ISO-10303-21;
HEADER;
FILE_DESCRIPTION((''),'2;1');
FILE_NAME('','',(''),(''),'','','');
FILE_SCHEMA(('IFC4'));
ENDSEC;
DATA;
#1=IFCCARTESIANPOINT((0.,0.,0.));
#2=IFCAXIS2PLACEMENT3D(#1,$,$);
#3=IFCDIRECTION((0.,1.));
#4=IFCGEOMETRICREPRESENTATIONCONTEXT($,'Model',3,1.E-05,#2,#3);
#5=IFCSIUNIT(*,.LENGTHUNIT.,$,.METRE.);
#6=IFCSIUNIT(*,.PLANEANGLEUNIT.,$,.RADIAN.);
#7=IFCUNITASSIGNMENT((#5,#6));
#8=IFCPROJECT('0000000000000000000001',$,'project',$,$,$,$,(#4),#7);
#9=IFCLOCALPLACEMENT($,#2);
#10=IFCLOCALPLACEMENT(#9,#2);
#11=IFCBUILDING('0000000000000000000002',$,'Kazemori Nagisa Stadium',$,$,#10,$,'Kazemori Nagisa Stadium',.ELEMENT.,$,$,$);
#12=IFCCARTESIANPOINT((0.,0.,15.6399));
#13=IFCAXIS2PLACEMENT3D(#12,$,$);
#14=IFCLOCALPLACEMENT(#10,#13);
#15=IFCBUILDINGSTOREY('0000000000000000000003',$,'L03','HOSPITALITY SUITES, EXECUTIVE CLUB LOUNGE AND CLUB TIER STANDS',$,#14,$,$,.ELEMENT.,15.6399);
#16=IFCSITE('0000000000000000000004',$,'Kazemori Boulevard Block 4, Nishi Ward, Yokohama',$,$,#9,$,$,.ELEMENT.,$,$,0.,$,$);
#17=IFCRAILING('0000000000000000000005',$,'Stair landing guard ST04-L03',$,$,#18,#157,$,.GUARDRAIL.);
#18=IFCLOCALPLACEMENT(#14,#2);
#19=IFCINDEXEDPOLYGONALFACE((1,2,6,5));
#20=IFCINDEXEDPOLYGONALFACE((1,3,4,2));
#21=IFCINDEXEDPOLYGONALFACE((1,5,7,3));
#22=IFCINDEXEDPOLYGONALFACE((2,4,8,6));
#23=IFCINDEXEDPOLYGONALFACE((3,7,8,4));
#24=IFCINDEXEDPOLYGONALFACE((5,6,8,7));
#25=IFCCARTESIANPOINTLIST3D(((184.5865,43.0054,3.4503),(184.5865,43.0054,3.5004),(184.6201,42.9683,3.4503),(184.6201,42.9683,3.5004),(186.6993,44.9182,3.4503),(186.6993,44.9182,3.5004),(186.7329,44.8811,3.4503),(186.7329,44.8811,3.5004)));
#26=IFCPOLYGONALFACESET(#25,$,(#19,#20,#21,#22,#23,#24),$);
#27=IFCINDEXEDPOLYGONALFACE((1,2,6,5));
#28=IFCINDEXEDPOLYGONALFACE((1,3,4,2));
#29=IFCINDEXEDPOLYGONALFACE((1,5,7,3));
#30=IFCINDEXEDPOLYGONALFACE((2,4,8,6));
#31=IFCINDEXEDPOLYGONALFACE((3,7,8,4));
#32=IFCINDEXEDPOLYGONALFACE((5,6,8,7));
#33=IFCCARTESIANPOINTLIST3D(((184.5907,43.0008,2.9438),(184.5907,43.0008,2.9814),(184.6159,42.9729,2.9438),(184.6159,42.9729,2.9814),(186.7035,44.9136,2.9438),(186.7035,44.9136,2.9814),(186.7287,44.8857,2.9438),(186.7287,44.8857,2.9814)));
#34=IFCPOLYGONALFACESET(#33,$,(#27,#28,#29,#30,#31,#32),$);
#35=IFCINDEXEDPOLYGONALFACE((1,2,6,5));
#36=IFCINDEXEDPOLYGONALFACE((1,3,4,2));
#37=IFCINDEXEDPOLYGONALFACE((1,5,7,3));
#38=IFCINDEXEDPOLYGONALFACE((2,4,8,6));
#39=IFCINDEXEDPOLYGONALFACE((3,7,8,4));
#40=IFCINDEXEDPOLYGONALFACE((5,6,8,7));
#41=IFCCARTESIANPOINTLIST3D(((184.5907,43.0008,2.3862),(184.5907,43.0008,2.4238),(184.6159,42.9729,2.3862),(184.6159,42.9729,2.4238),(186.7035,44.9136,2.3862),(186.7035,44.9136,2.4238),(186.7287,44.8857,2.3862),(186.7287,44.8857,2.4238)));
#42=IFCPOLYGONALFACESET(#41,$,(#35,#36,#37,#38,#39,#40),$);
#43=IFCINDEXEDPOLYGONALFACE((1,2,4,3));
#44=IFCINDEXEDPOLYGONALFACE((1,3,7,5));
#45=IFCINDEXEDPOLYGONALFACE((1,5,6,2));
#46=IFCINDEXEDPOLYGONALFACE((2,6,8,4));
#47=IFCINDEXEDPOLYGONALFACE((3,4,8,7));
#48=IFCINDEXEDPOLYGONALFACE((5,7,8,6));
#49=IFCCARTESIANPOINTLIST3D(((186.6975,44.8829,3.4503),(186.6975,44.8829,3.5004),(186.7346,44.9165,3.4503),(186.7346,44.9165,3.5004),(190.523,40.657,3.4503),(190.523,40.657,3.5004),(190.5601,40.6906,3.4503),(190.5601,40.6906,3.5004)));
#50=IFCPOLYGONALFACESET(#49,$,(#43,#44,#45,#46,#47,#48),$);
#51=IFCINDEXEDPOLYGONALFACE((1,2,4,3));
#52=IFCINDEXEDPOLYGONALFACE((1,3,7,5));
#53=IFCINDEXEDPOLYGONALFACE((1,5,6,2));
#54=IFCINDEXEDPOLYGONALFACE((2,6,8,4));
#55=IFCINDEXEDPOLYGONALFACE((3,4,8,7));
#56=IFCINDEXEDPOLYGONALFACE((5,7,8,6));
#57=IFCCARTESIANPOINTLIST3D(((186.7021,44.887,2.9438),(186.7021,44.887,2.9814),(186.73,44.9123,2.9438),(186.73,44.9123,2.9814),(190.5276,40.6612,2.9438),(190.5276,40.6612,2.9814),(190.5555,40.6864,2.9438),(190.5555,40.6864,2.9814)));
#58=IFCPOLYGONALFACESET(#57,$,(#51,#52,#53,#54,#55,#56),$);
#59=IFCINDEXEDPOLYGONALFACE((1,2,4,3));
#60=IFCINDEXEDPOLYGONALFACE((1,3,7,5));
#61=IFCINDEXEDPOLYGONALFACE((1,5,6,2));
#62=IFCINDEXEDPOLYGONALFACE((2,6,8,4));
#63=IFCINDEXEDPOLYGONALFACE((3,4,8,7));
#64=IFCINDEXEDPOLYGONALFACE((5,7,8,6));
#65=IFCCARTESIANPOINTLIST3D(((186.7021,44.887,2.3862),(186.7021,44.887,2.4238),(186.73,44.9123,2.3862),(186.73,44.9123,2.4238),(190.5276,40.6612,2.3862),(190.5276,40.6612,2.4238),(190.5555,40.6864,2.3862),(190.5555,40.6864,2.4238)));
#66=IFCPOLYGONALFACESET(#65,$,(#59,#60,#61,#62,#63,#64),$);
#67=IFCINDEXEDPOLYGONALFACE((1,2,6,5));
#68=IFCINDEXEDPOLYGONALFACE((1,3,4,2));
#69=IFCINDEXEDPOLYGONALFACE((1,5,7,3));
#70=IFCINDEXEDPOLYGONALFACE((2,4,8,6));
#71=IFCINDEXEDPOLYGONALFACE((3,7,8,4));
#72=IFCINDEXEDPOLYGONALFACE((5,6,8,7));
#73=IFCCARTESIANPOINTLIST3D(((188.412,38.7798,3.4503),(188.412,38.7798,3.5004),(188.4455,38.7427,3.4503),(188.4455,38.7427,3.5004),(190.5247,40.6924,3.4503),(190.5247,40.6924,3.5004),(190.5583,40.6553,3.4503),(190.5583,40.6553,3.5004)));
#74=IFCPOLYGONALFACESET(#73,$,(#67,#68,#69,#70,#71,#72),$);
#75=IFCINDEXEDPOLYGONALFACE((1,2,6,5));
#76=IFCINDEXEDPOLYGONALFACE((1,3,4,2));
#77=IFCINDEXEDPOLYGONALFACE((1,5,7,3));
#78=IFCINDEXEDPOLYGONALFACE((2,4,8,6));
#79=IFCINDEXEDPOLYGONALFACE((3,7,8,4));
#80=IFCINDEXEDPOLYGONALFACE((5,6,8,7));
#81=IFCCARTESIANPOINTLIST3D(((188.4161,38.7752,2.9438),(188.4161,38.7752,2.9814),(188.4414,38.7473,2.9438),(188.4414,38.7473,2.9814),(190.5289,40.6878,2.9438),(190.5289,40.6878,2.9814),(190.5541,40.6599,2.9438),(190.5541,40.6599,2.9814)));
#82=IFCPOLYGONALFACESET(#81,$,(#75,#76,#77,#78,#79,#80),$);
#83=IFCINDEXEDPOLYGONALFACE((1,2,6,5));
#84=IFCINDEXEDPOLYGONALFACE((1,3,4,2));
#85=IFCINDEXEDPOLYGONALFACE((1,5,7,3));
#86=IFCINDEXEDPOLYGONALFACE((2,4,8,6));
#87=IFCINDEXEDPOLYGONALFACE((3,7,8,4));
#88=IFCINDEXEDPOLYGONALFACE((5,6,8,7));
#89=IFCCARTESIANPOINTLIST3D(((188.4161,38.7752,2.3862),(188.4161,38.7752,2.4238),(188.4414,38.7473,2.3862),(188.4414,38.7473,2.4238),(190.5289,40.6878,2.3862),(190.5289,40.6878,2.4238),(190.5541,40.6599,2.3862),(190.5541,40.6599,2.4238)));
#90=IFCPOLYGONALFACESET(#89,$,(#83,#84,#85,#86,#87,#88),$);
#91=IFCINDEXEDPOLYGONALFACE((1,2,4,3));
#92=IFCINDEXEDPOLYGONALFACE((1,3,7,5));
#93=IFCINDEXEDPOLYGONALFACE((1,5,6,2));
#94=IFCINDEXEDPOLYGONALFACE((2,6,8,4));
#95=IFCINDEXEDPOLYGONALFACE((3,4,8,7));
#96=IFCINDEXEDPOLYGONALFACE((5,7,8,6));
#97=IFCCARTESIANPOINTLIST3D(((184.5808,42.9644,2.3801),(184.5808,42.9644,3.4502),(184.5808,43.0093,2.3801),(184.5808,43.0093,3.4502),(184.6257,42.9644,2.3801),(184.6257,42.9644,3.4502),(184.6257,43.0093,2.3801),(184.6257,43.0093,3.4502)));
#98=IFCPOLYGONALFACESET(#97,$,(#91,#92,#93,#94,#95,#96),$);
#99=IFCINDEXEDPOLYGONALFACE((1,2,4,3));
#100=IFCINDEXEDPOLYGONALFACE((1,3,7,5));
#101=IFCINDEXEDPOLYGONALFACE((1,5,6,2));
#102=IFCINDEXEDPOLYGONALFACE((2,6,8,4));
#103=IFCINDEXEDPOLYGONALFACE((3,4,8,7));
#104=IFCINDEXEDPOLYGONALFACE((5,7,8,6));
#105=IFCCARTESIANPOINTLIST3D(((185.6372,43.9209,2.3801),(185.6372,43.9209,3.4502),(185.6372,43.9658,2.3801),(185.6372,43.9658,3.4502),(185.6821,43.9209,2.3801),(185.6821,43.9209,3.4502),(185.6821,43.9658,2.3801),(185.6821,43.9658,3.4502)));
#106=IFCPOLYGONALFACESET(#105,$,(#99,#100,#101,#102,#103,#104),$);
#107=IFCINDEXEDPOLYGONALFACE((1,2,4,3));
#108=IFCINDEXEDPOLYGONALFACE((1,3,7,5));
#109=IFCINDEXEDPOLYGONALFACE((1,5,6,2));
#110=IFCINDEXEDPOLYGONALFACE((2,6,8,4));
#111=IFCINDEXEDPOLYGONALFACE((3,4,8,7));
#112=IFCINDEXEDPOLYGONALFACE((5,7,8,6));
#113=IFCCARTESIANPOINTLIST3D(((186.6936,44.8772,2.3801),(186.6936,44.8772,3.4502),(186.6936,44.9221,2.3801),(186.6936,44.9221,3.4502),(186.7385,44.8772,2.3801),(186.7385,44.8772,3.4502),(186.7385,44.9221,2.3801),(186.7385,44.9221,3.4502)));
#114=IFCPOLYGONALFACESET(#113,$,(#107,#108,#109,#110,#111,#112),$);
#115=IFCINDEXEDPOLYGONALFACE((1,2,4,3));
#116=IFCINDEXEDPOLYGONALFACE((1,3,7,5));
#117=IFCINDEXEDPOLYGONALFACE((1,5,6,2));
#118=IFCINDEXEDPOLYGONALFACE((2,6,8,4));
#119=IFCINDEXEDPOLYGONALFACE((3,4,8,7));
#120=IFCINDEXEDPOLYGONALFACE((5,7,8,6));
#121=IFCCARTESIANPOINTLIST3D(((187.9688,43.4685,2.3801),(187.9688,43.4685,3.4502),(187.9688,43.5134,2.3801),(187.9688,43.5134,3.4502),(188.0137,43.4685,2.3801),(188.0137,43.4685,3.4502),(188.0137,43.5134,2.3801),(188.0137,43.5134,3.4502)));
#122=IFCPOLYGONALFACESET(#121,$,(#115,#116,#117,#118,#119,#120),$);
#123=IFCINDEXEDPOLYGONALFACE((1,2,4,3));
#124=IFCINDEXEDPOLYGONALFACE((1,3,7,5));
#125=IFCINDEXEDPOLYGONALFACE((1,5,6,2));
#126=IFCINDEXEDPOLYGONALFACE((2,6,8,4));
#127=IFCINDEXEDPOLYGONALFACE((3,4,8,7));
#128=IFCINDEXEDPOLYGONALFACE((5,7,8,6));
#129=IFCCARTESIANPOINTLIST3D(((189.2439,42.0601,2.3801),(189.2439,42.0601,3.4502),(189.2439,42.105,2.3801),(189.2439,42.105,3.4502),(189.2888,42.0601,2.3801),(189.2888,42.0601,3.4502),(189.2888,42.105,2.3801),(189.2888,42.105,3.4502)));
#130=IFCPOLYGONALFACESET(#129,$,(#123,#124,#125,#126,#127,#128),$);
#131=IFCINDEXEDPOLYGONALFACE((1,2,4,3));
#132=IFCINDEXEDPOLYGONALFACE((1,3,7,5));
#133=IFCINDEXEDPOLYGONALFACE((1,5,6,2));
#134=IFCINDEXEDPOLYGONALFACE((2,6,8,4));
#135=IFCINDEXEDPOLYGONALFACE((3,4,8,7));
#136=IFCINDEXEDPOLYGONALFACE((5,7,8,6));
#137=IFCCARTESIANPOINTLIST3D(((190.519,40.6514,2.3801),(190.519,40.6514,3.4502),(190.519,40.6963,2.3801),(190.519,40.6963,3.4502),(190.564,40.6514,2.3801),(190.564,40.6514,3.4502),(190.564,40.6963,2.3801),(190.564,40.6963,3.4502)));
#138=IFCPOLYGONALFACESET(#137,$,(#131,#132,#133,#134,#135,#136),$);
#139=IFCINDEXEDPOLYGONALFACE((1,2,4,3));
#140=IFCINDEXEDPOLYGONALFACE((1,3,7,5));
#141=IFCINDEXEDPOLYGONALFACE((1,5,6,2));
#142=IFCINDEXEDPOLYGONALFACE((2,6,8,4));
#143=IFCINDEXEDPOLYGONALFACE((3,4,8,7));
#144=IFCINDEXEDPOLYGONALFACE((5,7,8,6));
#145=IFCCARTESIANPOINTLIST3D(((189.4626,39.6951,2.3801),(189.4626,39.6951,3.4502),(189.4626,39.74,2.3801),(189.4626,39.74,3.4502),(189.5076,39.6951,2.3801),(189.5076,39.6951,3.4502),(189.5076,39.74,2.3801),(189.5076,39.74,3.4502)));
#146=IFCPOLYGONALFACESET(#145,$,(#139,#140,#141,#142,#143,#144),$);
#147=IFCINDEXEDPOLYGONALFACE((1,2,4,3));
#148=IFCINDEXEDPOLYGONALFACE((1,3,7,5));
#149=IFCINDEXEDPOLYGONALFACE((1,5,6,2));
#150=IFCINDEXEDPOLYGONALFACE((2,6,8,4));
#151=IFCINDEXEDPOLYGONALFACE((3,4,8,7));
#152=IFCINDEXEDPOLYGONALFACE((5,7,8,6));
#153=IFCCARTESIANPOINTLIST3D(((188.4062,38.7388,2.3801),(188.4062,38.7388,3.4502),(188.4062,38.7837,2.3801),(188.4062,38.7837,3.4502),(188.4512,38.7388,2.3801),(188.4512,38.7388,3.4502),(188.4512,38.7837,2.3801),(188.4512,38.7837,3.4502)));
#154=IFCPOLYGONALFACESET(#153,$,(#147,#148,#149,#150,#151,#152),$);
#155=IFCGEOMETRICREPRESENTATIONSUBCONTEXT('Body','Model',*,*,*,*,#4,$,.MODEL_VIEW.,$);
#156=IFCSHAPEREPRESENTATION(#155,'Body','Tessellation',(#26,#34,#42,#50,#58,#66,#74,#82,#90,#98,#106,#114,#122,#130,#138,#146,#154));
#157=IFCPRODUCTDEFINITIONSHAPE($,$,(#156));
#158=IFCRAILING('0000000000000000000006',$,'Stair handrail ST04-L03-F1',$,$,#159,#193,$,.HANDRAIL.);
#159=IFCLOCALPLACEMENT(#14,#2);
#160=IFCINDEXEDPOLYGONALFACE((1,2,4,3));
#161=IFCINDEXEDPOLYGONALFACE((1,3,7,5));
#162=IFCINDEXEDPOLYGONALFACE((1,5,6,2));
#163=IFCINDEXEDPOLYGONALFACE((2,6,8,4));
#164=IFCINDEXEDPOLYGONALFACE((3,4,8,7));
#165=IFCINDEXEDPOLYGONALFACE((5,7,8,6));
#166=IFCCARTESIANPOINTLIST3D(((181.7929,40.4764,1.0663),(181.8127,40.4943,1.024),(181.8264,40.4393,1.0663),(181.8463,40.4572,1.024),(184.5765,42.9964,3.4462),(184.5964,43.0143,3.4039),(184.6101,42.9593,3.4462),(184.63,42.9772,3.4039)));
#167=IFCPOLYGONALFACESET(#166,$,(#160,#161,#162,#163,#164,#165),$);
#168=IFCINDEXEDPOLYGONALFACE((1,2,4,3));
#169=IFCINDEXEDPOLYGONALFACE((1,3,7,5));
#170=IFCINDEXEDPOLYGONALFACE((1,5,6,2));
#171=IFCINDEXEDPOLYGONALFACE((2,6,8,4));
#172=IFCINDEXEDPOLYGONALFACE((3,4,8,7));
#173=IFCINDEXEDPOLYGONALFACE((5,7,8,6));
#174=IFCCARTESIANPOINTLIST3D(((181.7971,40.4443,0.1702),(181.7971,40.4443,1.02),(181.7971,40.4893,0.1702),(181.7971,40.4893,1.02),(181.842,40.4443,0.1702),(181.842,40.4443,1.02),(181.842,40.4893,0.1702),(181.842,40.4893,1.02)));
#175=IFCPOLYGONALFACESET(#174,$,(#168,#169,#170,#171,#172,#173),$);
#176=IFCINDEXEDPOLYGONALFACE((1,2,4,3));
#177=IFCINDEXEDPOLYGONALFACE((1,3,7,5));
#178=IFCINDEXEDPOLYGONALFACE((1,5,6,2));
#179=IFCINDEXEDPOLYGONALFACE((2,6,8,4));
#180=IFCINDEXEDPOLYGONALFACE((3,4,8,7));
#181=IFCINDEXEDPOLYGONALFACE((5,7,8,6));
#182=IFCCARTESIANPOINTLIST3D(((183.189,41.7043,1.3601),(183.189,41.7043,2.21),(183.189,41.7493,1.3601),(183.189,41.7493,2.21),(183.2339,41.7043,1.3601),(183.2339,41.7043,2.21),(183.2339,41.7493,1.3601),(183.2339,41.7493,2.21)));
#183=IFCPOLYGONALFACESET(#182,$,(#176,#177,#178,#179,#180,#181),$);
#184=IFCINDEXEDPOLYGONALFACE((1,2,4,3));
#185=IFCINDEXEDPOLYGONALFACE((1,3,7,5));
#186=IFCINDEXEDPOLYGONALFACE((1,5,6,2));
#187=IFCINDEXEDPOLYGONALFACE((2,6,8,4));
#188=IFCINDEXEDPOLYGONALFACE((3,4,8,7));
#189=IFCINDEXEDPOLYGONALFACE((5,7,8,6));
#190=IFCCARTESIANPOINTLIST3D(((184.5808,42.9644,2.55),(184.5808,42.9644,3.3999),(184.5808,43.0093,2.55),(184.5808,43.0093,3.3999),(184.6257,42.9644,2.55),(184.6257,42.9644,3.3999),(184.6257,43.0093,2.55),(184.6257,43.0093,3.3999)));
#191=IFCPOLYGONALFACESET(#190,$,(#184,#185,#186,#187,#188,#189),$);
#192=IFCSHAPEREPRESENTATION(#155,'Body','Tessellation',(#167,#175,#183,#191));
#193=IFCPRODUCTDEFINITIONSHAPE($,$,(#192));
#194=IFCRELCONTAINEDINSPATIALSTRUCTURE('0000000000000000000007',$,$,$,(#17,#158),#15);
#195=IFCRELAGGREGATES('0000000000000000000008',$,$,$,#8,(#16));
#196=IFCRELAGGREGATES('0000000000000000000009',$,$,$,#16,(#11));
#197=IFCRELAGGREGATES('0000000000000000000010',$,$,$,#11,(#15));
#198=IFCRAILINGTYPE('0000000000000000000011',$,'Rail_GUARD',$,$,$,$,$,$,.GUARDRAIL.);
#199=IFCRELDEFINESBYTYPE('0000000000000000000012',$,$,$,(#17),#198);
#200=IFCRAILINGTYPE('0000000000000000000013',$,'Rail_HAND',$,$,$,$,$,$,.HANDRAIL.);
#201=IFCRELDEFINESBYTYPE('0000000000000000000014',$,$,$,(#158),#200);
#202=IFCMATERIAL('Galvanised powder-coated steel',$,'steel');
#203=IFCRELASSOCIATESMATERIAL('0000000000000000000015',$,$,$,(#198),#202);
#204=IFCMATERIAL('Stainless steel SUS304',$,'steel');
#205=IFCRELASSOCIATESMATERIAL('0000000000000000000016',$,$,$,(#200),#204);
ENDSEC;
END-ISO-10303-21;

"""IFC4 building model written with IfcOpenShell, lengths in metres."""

from ifc_helpers import new_model, si_unit, direction, frame, origin, origin_2d, place, context, subcontext, project, spatial, rectangle, extrude, material, type_object, element, save


model = new_model("IFC4")

# Units and contexts
model_context = context("Model", 3, precision=1e-05, world=origin(), true_north=direction((0.0, 1.0)))
body_context = subcontext(model_context, "Body", "Model", "MODEL_VIEW")
ifc_project = project(units=[si_unit("LENGTHUNIT", "METRE"), si_unit("PLANEANGLEUNIT", "RADIAN")], contexts=[model_context])

# Site, building, storey
site_placement = place(None, origin())
site = spatial("IfcSite", under=ifc_project, at=site_placement, Name="Kazemori Boulevard Block 4, Nishi Ward, Yokohama", CompositionType="ELEMENT", RefElevation=0.0)
building_placement = place(site_placement, origin())
building = spatial("IfcBuilding", under=site, at=building_placement, Name="Kazemori Nagisa Stadium", LongName="Kazemori Nagisa Stadium", CompositionType="ELEMENT")
storey_placement = place(building_placement, frame((0.0, 0.0, 15.6399)))
storey = spatial("IfcBuildingStorey", under=building, at=storey_placement, Name="L03", Description="HOSPITALITY SUITES, EXECUTIVE CLUB LOUNGE AND CLUB TIER STANDS", CompositionType="ELEMENT", Elevation=15.6399)

# Railings
ifc_material_1 = material(Name="Galvanised powder-coated steel", Category="steel")
railing_type_1 = type_object("IfcRailingType", Name="Rail_GUARD", PredefinedType="GUARDRAIL", material=ifc_material_1)
railing_1_placement = place(storey_placement, frame((184.6033, 42.9868, 2.3801)))
element("IfcRailing", 1, at=railing_1_placement, inside=storey, type_object=railing_type_1, Name="Stair landing guard ST04-L03", PredefinedType="GUARDRAIL", context=body_context, shape_type="SweptSolid", body=[
    extrude(rectangle(XDim=0.05, YDim=0.05, at=origin_2d()), frame((0.0, 0.0, 1.0952), z_axis=(0.741315, 0.671158, 0.0), x_axis=(-0.671158, 0.741315, 0.0)), (0.0, 0.0, 1.0), 2.8501),
    extrude(rectangle(XDim=0.0376, YDim=0.0376, at=origin_2d()), frame((0.0, 0.0, 0.5825), z_axis=(0.741315, 0.671158, 0.0), x_axis=(-0.671158, 0.741315, 0.0)), (0.0, 0.0, 1.0), 2.8501),
    extrude(rectangle(XDim=0.0376, YDim=0.0376, at=origin_2d()), frame((0.0, 0.0, 0.0249), z_axis=(0.741315, 0.671158, 0.0), x_axis=(-0.671158, 0.741315, 0.0)), (0.0, 0.0, 1.0), 2.8501),
    extrude(rectangle(XDim=0.05, YDim=0.05, at=origin_2d()), frame((2.1128, 1.9128, 1.0952), z_axis=(0.671113, -0.741355, 0.0), x_axis=(0.741355, 0.671113, 0.0)), (0.0, 0.0, 1.0), 5.7002),
    extrude(rectangle(XDim=0.0376, YDim=0.0376, at=origin_2d()), frame((2.1128, 1.9128, 0.5825), z_axis=(0.671113, -0.741355, 0.0), x_axis=(0.741355, 0.671113, 0.0)), (0.0, 0.0, 1.0), 5.7002),
    extrude(rectangle(XDim=0.0376, YDim=0.0376, at=origin_2d()), frame((2.1128, 1.9128, 0.0249), z_axis=(0.671113, -0.741355, 0.0), x_axis=(0.741355, 0.671113, 0.0)), (0.0, 0.0, 1.0), 5.7002),
    extrude(rectangle(XDim=0.05, YDim=0.05, at=origin_2d()), frame((5.9382, -2.313, 1.0952), z_axis=(-0.741357, -0.671111, 0.0), x_axis=(0.671111, -0.741357, 0.0)), (0.0, 0.0, 1.0), 2.8499),
    extrude(rectangle(XDim=0.0376, YDim=0.0376, at=origin_2d()), frame((5.9382, -2.313, 0.5825), z_axis=(-0.741357, -0.671111, 0.0), x_axis=(0.671111, -0.741357, 0.0)), (0.0, 0.0, 1.0), 2.8499),
    extrude(rectangle(XDim=0.0376, YDim=0.0376, at=origin_2d()), frame((5.9382, -2.313, 0.0249), z_axis=(-0.741357, -0.671111, 0.0), x_axis=(0.671111, -0.741357, 0.0)), (0.0, 0.0, 1.0), 2.8499),
    extrude(rectangle(XDim=0.0449, YDim=0.0449, at=origin_2d()), origin(), (0.0, 0.0, 1.0), 1.0701),
    extrude(rectangle(XDim=0.0449, YDim=0.0449, at=origin_2d()), frame((1.0564, 0.9565, 0.0)), (0.0, 0.0, 1.0), 1.0701),
    extrude(rectangle(XDim=0.0449, YDim=0.0449, at=origin_2d()), frame((2.1128, 1.9128, 0.0)), (0.0, 0.0, 1.0), 1.0701),
    extrude(rectangle(XDim=0.0449, YDim=0.0449, at=origin_2d()), frame((3.3879, 0.5042, 0.0)), (0.0, 0.0, 1.0), 1.0701),
    extrude(rectangle(XDim=0.0449, YDim=0.0449, at=origin_2d()), frame((4.6631, -0.9043, 0.0)), (0.0, 0.0, 1.0), 1.0701),
    extrude(rectangle(XDim=0.0449, YDim=0.0449, at=origin_2d()), frame((5.9382, -2.313, 0.0)), (0.0, 0.0, 1.0), 1.0701),
    extrude(rectangle(XDim=0.0449, YDim=0.0449, at=origin_2d()), frame((4.8818, -3.2693, 0.0)), (0.0, 0.0, 1.0), 1.0701),
    extrude(rectangle(XDim=0.0449, YDim=0.0449, at=origin_2d()), frame((3.8254, -4.2256, 0.0)), (0.0, 0.0, 1.0), 1.0701),
])
ifc_material_2 = material(Name="Stainless steel SUS304", Category="steel")
railing_type_2 = type_object("IfcRailingType", Name="Rail_HAND", PredefinedType="HANDRAIL", material=ifc_material_2)
railing_2_placement = place(storey_placement, frame((181.8196, 40.4668, 0.1702)))
element("IfcRailing", 2, at=railing_2_placement, inside=storey, type_object=railing_type_2, Name="Stair handrail ST04-L03-F1", PredefinedType="HANDRAIL", context=body_context, shape_type="SweptSolid", body=[
    extrude(rectangle(XDim=0.05, YDim=0.05, at=origin_2d()), frame((0.0, 0.0, 0.875), z_axis=(0.626169, 0.566858, 0.535336), x_axis=(-0.671124, 0.741345, 0.0)), (0.0, 0.0, 1.0), 4.4456),
    extrude(rectangle(XDim=0.0449, YDim=0.0449, at=origin_2d()), origin(), (0.0, 0.0, 1.0), 0.8499),
    extrude(rectangle(XDim=0.0449, YDim=0.0449, at=origin_2d()), frame((1.3918, 1.26, 1.1899)), (0.0, 0.0, 1.0), 0.8499),
    extrude(rectangle(XDim=0.0449, YDim=0.0449, at=origin_2d()), frame((2.7837, 2.52, 2.3799)), (0.0, 0.0, 1.0), 0.8499),
])

save(model, "model.ifc")
